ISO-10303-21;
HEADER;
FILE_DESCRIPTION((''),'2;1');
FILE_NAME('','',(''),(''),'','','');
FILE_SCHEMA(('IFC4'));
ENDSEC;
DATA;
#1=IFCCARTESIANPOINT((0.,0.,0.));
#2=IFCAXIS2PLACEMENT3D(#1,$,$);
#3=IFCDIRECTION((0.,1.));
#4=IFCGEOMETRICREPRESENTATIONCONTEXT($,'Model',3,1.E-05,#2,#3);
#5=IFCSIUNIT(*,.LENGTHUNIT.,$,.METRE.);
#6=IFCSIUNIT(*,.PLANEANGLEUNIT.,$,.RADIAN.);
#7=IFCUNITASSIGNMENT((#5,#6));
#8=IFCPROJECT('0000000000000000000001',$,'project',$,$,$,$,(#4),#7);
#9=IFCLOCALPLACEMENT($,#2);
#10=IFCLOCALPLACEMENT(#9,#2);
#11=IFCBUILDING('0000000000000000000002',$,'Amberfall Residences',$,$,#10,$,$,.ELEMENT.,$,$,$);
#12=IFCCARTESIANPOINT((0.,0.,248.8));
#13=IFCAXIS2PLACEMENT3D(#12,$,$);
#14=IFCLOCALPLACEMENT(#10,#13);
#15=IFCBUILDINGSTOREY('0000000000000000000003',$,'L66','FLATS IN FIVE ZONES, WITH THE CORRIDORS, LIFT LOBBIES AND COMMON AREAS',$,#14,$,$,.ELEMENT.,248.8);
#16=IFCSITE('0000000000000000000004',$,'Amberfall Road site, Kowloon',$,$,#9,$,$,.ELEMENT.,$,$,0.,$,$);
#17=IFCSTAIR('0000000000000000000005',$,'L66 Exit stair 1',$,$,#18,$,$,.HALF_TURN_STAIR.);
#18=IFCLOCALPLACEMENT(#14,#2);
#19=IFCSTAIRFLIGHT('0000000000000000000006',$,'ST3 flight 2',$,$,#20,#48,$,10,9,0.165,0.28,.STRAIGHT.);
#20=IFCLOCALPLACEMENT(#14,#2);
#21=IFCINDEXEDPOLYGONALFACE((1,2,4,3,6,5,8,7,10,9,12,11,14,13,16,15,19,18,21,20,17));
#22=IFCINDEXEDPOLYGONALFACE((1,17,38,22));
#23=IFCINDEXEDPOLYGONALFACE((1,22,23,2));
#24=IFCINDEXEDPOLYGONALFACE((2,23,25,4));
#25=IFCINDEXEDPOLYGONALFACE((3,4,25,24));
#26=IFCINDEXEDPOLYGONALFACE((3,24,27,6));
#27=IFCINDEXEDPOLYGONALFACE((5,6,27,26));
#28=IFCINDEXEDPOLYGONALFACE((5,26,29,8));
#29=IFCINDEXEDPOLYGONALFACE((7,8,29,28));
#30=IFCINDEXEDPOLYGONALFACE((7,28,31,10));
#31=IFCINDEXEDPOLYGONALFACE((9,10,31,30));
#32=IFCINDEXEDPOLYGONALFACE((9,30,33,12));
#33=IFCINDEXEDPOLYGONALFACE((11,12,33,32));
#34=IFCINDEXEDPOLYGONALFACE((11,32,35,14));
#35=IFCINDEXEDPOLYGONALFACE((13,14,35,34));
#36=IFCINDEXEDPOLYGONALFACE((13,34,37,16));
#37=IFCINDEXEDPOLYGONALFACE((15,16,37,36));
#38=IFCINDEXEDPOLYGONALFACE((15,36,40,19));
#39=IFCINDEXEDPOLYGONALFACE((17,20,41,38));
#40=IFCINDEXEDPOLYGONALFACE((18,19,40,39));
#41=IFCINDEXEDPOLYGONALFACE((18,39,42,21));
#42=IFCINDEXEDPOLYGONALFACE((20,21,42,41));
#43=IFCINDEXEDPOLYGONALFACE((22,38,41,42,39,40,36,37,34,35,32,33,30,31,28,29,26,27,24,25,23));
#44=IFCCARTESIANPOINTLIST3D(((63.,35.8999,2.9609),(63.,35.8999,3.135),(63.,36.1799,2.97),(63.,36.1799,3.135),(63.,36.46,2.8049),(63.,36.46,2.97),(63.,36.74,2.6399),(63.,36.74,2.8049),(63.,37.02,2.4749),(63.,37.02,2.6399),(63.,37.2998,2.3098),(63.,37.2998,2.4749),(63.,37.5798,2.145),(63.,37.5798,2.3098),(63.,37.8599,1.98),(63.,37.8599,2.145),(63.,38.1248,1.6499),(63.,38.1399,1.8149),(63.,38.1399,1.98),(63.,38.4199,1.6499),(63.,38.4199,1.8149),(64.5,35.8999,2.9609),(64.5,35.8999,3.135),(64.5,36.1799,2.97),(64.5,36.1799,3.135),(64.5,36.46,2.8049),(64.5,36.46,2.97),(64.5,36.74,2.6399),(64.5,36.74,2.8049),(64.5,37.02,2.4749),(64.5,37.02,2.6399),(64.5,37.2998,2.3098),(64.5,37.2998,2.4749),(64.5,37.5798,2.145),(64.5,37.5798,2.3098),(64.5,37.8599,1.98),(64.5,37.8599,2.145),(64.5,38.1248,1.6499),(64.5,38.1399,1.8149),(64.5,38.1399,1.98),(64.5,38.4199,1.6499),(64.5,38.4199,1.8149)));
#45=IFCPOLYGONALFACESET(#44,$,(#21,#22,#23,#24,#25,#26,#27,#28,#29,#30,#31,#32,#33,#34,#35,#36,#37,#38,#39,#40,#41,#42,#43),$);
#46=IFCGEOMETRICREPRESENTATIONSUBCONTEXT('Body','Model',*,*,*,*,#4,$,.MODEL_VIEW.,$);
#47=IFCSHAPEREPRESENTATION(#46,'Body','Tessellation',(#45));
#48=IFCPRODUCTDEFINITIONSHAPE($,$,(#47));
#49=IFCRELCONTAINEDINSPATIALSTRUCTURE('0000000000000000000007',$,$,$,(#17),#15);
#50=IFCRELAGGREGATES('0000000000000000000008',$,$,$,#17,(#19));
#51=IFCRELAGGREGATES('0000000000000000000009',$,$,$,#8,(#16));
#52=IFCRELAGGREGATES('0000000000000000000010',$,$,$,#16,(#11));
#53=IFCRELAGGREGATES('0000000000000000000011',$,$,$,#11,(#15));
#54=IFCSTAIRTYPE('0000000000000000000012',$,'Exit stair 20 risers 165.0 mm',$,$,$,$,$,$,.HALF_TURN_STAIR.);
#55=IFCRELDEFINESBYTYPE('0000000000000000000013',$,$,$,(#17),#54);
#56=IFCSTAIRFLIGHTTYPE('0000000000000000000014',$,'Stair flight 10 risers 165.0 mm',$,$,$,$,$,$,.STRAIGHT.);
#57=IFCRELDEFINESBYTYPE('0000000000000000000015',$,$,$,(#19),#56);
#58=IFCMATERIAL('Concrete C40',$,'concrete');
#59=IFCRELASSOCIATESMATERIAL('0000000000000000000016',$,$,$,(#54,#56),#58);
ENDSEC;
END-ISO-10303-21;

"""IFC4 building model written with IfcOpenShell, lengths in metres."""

from ifc_helpers import new_model, si_unit, direction, frame, origin, place, context, subcontext, project, spatial, polyline, outline, extrude, material, type_object, element, aggregate, save


model = new_model("IFC4")

# Units and contexts
model_context = context("Model", 3, precision=1e-05, world=origin(), true_north=direction((0.0, 1.0)))
body_context = subcontext(model_context, "Body", "Model", "MODEL_VIEW")
ifc_project = project(units=[si_unit("LENGTHUNIT", "METRE"), si_unit("PLANEANGLEUNIT", "RADIAN")], contexts=[model_context])

# Site, building, storey
site_placement = place(None, origin())
site = spatial("IfcSite", under=ifc_project, at=site_placement, Name="Amberfall Road site, Kowloon", CompositionType="ELEMENT", RefElevation=0.0)
building_placement = place(site_placement, origin())
building = spatial("IfcBuilding", under=site, at=building_placement, Name="Amberfall Residences", CompositionType="ELEMENT")
storey_placement = place(building_placement, frame((0.0, 0.0, 248.8)))
storey = spatial("IfcBuildingStorey", under=building, at=storey_placement, Name="L66", Description="FLATS IN FIVE ZONES, WITH THE CORRIDORS, LIFT LOBBIES AND COMMON AREAS", CompositionType="ELEMENT", Elevation=248.8)

# Stair, stair flight
ifc_material_1 = material(Name="Concrete C40", Category="concrete")
stair_type = type_object("IfcStairType", Name="Exit stair 20 risers 165.0 mm", PredefinedType="HALF_TURN_STAIR", material=ifc_material_1)
stair_placement = place(storey_placement, origin())
stair = element("IfcStair", 1, at=stair_placement, inside=storey, type_object=stair_type, Name="L66 Exit stair 1", PredefinedType="HALF_TURN_STAIR")
stair_flight_type = type_object("IfcStairFlightType", Name="Stair flight 10 risers 165.0 mm", PredefinedType="STRAIGHT", material=ifc_material_1)
stair_flight_placement = place(storey_placement, frame((63.75, 38.4199, 1.6499), z_axis=(0.0, 0.0, 1.0), x_axis=(0.0, -1.0, 0.0)))
stair_flight = element("IfcStairFlight", 2, at=stair_flight_placement, type_object=stair_flight_type, Name="ST3 flight 2", NumberOfRisers=10, NumberOfTreads=9, PredefinedType="STRAIGHT", RiserHeight=0.165, TreadLength=0.28, context=body_context, shape_type="SweptSolid", body=[
    extrude(outline(polyline([(0.0, 0.0), (0.0, 0.165), (0.28, 0.165), (0.28, 0.3301), (0.5601, 0.3301), (0.5601, 0.4951), (0.8401, 0.4951), (0.8401, 0.6599), (1.1201, 0.6599), (1.1201, 0.825), (1.3999, 0.825), (1.3999, 0.99), (1.6799, 0.99), (1.6799, 1.155), (1.96, 1.155), (1.96, 1.3201), (2.24, 1.3201), (2.24, 1.4851), (2.52, 1.4851), (2.52, 1.6499), (2.52, 1.311), (0.2952, 0.0), (0.0, 0.0)])), frame((0.0, 0.75, 0.0), z_axis=(0.0, -1.0, 0.0), x_axis=(1.0, 0.0, 0.0)), (0.0, 0.0, 1.0), 1.5),
])
aggregate(stair, [stair_flight])

save(model, "model.ifc")
